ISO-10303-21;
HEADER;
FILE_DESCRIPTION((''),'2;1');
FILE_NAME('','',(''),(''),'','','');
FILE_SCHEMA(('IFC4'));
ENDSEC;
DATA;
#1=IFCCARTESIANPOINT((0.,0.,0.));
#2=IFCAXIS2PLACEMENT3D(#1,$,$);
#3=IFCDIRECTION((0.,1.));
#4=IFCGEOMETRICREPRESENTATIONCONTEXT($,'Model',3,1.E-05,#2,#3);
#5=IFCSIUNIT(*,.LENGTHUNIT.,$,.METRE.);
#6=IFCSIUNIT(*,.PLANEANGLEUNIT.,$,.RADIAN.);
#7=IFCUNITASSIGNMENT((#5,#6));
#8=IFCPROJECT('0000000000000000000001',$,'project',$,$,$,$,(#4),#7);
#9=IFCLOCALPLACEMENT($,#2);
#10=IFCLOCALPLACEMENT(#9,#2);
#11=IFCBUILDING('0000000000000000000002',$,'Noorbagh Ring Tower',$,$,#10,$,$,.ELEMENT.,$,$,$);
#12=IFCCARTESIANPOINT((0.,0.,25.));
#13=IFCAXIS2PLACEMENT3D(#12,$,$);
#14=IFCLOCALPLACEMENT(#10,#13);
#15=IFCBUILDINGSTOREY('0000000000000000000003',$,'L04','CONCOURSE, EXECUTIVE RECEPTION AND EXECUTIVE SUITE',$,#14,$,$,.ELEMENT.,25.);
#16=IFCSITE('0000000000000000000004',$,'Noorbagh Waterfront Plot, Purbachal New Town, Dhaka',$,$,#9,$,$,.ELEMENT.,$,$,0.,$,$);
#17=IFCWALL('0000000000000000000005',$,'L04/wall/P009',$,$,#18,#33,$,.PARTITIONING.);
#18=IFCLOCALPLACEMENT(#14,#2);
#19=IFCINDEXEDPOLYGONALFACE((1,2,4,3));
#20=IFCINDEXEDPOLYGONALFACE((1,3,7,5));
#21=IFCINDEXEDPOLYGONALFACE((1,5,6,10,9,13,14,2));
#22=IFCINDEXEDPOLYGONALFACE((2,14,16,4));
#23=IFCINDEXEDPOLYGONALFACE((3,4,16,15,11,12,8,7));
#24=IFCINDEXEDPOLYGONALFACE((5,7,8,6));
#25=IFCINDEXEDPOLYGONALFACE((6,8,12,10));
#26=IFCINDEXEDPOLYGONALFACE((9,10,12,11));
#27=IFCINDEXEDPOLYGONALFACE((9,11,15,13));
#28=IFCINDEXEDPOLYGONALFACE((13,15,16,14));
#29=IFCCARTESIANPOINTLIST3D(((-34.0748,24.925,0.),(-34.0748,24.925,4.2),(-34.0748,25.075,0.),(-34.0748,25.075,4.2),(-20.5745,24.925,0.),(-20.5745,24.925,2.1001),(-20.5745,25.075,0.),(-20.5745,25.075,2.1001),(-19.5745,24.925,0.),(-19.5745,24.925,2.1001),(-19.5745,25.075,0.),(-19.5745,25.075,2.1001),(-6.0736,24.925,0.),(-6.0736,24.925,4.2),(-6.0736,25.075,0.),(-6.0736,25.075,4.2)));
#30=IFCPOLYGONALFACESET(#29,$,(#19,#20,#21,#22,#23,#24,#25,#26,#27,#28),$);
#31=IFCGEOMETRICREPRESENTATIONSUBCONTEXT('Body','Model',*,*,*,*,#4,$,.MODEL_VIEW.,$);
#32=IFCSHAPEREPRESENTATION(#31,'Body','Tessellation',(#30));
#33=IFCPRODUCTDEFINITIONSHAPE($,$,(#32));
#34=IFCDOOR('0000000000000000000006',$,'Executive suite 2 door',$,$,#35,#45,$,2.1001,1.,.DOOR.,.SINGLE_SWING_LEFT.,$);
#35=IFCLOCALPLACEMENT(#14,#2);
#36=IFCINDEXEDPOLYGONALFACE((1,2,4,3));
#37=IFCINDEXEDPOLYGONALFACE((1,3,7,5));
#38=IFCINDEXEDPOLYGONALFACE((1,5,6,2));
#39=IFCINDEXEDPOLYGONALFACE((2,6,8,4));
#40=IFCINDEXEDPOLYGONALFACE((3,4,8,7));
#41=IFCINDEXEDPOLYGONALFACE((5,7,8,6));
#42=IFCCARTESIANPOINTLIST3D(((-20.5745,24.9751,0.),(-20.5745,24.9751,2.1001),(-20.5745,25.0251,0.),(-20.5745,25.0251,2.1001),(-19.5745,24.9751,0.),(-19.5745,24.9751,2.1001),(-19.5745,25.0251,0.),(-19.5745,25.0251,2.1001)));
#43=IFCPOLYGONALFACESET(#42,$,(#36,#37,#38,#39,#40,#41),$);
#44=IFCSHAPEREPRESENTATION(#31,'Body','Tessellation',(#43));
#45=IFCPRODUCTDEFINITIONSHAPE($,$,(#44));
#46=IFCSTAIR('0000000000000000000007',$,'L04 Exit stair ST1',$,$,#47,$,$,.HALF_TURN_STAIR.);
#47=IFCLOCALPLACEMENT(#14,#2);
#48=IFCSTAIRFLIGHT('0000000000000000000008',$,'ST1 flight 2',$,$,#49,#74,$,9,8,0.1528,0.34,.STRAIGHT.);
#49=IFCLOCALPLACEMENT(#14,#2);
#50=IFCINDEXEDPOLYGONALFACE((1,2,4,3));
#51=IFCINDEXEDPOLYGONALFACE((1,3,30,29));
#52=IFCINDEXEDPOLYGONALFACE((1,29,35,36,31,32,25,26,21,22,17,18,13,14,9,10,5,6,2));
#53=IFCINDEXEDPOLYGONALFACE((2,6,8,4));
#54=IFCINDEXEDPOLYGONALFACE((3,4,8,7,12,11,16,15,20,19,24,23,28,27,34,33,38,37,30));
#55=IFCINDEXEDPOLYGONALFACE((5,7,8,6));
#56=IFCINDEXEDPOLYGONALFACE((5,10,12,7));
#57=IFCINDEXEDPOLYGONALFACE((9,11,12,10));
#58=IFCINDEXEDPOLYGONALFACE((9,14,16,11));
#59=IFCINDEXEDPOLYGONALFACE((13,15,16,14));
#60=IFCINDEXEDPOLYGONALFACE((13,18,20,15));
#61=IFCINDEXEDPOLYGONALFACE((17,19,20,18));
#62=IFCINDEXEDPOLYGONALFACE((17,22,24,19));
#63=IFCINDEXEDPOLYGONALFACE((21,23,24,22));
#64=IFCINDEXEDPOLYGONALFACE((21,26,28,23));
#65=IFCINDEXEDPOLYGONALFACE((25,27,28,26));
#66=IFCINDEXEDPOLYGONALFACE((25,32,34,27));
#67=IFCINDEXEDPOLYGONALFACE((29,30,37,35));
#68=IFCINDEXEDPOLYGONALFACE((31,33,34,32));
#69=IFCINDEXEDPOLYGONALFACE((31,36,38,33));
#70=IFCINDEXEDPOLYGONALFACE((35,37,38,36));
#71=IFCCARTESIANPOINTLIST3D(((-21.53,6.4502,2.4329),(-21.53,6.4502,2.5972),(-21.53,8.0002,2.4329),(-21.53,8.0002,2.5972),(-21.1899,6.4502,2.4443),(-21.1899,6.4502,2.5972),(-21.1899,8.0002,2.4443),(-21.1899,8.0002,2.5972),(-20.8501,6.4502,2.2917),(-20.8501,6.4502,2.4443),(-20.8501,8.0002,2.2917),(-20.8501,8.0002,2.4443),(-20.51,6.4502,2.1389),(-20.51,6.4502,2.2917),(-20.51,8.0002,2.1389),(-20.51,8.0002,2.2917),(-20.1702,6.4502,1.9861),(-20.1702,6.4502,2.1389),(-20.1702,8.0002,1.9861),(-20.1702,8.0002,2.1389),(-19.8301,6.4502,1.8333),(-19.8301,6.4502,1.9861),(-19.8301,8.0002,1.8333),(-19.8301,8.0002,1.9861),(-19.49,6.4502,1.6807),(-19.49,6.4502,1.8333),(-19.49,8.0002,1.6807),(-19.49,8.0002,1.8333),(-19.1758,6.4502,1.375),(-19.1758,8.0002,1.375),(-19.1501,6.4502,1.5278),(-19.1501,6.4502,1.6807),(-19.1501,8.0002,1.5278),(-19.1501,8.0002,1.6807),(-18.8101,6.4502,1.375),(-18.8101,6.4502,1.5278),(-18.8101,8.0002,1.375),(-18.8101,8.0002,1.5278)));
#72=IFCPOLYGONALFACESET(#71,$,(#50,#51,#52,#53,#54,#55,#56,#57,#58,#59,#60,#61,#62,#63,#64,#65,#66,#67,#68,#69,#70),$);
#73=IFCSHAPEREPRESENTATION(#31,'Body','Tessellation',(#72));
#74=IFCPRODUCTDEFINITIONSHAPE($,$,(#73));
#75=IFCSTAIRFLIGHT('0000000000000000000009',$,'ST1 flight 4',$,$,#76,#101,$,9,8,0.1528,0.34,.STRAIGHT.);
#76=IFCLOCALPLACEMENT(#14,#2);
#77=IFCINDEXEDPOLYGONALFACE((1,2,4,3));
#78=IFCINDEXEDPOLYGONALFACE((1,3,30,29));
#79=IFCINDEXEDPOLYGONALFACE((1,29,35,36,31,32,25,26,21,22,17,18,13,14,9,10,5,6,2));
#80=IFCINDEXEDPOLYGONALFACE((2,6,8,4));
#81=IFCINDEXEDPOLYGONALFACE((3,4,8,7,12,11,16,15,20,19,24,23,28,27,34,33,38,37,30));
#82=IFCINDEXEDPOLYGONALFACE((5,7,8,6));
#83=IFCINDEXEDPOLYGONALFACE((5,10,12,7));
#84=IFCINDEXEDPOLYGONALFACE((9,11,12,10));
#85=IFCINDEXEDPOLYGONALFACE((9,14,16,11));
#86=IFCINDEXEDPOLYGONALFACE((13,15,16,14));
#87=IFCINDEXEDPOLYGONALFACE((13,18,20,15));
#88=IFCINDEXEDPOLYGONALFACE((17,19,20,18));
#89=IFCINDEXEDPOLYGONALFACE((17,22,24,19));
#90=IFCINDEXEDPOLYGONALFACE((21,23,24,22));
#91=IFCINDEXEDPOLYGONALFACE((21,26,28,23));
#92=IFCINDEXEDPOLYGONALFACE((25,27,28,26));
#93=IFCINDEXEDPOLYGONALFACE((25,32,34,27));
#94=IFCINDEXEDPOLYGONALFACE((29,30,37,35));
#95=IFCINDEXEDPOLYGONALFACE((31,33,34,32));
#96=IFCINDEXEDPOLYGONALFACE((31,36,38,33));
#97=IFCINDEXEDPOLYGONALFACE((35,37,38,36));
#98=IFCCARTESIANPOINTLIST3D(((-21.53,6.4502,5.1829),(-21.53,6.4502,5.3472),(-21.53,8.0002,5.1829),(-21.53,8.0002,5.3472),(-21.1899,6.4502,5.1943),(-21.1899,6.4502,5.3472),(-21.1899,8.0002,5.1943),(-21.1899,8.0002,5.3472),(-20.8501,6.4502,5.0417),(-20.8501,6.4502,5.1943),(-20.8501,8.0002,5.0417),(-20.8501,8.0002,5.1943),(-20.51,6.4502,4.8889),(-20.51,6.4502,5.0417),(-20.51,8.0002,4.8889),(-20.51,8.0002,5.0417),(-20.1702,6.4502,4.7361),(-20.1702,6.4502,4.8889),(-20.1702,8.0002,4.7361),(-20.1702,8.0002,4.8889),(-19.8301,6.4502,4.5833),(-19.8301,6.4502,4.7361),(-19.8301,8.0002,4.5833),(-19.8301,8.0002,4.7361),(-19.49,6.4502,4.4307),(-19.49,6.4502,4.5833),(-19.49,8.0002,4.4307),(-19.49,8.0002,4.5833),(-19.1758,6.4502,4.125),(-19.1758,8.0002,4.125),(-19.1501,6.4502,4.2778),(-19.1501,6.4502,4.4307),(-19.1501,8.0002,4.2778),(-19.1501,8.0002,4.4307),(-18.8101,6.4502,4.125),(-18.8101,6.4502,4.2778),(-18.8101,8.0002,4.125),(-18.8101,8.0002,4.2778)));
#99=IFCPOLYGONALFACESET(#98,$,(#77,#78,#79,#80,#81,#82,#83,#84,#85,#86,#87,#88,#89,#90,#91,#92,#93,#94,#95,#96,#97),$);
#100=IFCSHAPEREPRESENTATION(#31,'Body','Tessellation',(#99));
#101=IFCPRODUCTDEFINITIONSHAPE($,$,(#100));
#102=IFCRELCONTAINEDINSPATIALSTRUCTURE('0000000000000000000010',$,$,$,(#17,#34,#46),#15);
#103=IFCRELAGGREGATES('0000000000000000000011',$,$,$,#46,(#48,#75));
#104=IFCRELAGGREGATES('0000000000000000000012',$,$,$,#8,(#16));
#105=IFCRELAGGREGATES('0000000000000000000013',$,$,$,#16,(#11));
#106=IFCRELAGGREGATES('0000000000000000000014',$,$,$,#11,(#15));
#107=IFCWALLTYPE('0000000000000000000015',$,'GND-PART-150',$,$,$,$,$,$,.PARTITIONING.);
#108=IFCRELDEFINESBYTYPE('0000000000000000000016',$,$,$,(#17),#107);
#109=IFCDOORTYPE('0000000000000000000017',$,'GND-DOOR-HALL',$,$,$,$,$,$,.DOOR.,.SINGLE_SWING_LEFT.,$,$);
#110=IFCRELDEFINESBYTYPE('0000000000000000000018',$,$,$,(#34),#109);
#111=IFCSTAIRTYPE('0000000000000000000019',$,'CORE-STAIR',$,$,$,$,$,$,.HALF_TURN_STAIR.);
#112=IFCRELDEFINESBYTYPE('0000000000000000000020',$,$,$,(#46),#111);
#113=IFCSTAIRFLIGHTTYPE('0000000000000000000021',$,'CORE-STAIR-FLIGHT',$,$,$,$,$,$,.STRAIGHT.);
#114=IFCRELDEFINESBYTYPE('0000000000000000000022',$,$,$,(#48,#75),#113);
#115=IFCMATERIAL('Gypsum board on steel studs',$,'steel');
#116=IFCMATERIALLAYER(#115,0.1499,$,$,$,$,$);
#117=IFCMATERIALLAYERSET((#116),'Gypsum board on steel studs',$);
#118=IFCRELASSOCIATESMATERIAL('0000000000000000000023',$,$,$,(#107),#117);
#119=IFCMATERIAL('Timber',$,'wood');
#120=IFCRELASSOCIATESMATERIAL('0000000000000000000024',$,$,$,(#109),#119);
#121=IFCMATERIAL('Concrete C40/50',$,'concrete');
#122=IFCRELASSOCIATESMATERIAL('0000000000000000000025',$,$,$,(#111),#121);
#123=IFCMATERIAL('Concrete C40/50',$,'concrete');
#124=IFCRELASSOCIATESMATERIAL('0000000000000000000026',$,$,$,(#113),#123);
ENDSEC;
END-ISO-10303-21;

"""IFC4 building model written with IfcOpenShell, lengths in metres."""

from ifc_helpers import new_model, si_unit, direction, frame, frame_2d, origin, place, context, subcontext, project, spatial, polyline, rectangle, outline, extrude, material, layer, layer_set, type_object, element, fill, aggregate, save


model = new_model("IFC4")

# Units and contexts
model_context = context("Model", 3, precision=1e-05, world=origin(), true_north=direction((0.0, 1.0)))
body_context = subcontext(model_context, "Body", "Model", "MODEL_VIEW")
ifc_project = project(units=[si_unit("LENGTHUNIT", "METRE"), si_unit("PLANEANGLEUNIT", "RADIAN")], contexts=[model_context])

# Site, building, storey
site_placement = place(None, origin())
site = spatial("IfcSite", under=ifc_project, at=site_placement, Name="Noorbagh Waterfront Plot, Purbachal New Town, Dhaka", CompositionType="ELEMENT", RefElevation=0.0)
building_placement = place(site_placement, origin())
building = spatial("IfcBuilding", under=site, at=building_placement, Name="Noorbagh Ring Tower", CompositionType="ELEMENT")
storey_placement = place(building_placement, frame((0.0, 0.0, 25.0)))
storey = spatial("IfcBuildingStorey", under=building, at=storey_placement, Name="L04", Description="CONCOURSE, EXECUTIVE RECEPTION AND EXECUTIVE SUITE", CompositionType="ELEMENT", Elevation=25.0)

# Wall, opening, door
ifc_material_1 = material(Name="Gypsum board on steel studs", Category="steel")
ifc_layer_1 = layer(ifc_material_1, 0.1499)
ifc_layer_set_1 = layer_set([ifc_layer_1], Name="Gypsum board on steel studs")
wall_type_1 = type_object("IfcWallType", Name="GND-PART-150", PredefinedType="PARTITIONING", material=ifc_layer_set_1)
wall_1_placement = place(storey_placement, frame((-6.0737, 25.0, 0.0), z_axis=(0.0, 0.0, 1.0), x_axis=(-1.0, 0.0, 0.0)))
wall_1 = element("IfcWall", 1, at=wall_1_placement, inside=storey, type_object=wall_type_1, Name="L04/wall/P009", PredefinedType="PARTITIONING", context=body_context, shape_type="SweptSolid", body=[
    extrude(rectangle(XDim=28.0012, YDim=0.1499, at=frame_2d((14.0005, 0.0))), origin(), (0.0, 0.0, 1.0), 4.2),
])
opening_1_placement = place(wall_1_placement, frame((13.5007, 0.0, 0.0)))
opening_1 = element("IfcOpeningElement", 2, at=opening_1_placement, cuts=wall_1, PredefinedType="OPENING", context=body_context, shape_type="SweptSolid", body=[
    extrude(rectangle(XDim=1.0, YDim=2.1001, at=frame_2d((0.5, 1.05))), frame((0.0, 0.085, 0.0), z_axis=(0.0, -1.0, 0.0), x_axis=(1.0, 0.0, 0.0)), (0.0, 0.0, 1.0), 0.1699),
])
ifc_material_2 = material(Name="Timber", Category="wood")
door_type_1 = type_object("IfcDoorType", Name="GND-DOOR-HALL", OperationType="SINGLE_SWING_LEFT", PredefinedType="DOOR", material=ifc_material_2)
door_1_placement = place(opening_1_placement, origin())
door_1 = element("IfcDoor", 3, at=door_1_placement, inside=storey, type_object=door_type_1, Name="Executive suite 2 door", OperationType="SINGLE_SWING_LEFT", OverallHeight=2.1001, OverallWidth=1.0, PredefinedType="DOOR", context=body_context, shape_type="SweptSolid", body=[
    extrude(rectangle(XDim=1.0, YDim=2.1001, at=frame_2d((0.5, 1.05))), frame((0.0, 0.0249, 0.0), z_axis=(0.0, -1.0, 0.0), x_axis=(1.0, 0.0, 0.0)), (0.0, 0.0, 1.0), 0.05),
])
fill(opening_1, door_1)

# Stair, stair flights
ifc_material_3 = material(Name="Concrete C40/50", Category="concrete")
stair_type = type_object("IfcStairType", Name="CORE-STAIR", PredefinedType="HALF_TURN_STAIR", material=ifc_material_3)
stair_placement = place(storey_placement, origin())
stair = element("IfcStair", 4, at=stair_placement, inside=storey, type_object=stair_type, Name="L04 Exit stair ST1", PredefinedType="HALF_TURN_STAIR")
ifc_material_4 = material(Name="Concrete C40/50", Category="concrete")
stair_flight_type = type_object("IfcStairFlightType", Name="CORE-STAIR-FLIGHT", PredefinedType="STRAIGHT", material=ifc_material_4)
stair_flight_1_placement = place(storey_placement, frame((-18.8101, 7.2251, 1.375), z_axis=(0.0, 0.0, 1.0), x_axis=(-1.0, 0.0, 0.0)))
stair_flight_1 = element("IfcStairFlight", 5, at=stair_flight_1_placement, type_object=stair_flight_type, Name="ST1 flight 2", NumberOfRisers=9, NumberOfTreads=8, PredefinedType="STRAIGHT", RiserHeight=0.1528, TreadLength=0.34, context=body_context, shape_type="SweptSolid", body=[
    extrude(outline(polyline([(0.0, 0.0), (0.0, 0.1528), (0.3401, 0.1528), (0.3401, 0.3057), (0.6799, 0.3057), (0.6799, 0.4583), (1.02, 0.4583), (1.02, 0.6111), (1.3601, 0.6111), (1.3601, 0.7639), (1.7, 0.7639), (1.7, 0.9167), (2.04, 0.9167), (2.04, 1.0693), (2.3799, 1.0693), (2.3799, 1.2222), (2.72, 1.2222), (2.72, 1.375), (2.72, 1.0579), (0.3657, 0.0), (0.0, 0.0)])), frame((0.0, 0.7749, 0.0), z_axis=(0.0, -1.0, 0.0), x_axis=(1.0, 0.0, 0.0)), (0.0, 0.0, 1.0), 1.55),
])
stair_flight_2_placement = place(storey_placement, frame((-18.8101, 7.2251, 4.125), z_axis=(0.0, 0.0, 1.0), x_axis=(-1.0, 0.0, 0.0)))
stair_flight_2 = element("IfcStairFlight", 6, at=stair_flight_2_placement, type_object=stair_flight_type, Name="ST1 flight 4", NumberOfRisers=9, NumberOfTreads=8, PredefinedType="STRAIGHT", RiserHeight=0.1528, TreadLength=0.34, context=body_context, shape_type="SweptSolid", body=[
    extrude(outline(polyline([(0.0, 0.0), (0.0, 0.1528), (0.3401, 0.1528), (0.3401, 0.3057), (0.6799, 0.3057), (0.6799, 0.4583), (1.02, 0.4583), (1.02, 0.6111), (1.3601, 0.6111), (1.3601, 0.7639), (1.7, 0.7639), (1.7, 0.9167), (2.04, 0.9167), (2.04, 1.0693), (2.3799, 1.0693), (2.3799, 1.2222), (2.72, 1.2222), (2.72, 1.375), (2.72, 1.0579), (0.3657, 0.0), (0.0, 0.0)])), frame((0.0, 0.7749, 0.0), z_axis=(0.0, -1.0, 0.0), x_axis=(1.0, 0.0, 0.0)), (0.0, 0.0, 1.0), 1.55),
])
aggregate(stair, [stair_flight_1, stair_flight_2])

save(model, "model.ifc")
